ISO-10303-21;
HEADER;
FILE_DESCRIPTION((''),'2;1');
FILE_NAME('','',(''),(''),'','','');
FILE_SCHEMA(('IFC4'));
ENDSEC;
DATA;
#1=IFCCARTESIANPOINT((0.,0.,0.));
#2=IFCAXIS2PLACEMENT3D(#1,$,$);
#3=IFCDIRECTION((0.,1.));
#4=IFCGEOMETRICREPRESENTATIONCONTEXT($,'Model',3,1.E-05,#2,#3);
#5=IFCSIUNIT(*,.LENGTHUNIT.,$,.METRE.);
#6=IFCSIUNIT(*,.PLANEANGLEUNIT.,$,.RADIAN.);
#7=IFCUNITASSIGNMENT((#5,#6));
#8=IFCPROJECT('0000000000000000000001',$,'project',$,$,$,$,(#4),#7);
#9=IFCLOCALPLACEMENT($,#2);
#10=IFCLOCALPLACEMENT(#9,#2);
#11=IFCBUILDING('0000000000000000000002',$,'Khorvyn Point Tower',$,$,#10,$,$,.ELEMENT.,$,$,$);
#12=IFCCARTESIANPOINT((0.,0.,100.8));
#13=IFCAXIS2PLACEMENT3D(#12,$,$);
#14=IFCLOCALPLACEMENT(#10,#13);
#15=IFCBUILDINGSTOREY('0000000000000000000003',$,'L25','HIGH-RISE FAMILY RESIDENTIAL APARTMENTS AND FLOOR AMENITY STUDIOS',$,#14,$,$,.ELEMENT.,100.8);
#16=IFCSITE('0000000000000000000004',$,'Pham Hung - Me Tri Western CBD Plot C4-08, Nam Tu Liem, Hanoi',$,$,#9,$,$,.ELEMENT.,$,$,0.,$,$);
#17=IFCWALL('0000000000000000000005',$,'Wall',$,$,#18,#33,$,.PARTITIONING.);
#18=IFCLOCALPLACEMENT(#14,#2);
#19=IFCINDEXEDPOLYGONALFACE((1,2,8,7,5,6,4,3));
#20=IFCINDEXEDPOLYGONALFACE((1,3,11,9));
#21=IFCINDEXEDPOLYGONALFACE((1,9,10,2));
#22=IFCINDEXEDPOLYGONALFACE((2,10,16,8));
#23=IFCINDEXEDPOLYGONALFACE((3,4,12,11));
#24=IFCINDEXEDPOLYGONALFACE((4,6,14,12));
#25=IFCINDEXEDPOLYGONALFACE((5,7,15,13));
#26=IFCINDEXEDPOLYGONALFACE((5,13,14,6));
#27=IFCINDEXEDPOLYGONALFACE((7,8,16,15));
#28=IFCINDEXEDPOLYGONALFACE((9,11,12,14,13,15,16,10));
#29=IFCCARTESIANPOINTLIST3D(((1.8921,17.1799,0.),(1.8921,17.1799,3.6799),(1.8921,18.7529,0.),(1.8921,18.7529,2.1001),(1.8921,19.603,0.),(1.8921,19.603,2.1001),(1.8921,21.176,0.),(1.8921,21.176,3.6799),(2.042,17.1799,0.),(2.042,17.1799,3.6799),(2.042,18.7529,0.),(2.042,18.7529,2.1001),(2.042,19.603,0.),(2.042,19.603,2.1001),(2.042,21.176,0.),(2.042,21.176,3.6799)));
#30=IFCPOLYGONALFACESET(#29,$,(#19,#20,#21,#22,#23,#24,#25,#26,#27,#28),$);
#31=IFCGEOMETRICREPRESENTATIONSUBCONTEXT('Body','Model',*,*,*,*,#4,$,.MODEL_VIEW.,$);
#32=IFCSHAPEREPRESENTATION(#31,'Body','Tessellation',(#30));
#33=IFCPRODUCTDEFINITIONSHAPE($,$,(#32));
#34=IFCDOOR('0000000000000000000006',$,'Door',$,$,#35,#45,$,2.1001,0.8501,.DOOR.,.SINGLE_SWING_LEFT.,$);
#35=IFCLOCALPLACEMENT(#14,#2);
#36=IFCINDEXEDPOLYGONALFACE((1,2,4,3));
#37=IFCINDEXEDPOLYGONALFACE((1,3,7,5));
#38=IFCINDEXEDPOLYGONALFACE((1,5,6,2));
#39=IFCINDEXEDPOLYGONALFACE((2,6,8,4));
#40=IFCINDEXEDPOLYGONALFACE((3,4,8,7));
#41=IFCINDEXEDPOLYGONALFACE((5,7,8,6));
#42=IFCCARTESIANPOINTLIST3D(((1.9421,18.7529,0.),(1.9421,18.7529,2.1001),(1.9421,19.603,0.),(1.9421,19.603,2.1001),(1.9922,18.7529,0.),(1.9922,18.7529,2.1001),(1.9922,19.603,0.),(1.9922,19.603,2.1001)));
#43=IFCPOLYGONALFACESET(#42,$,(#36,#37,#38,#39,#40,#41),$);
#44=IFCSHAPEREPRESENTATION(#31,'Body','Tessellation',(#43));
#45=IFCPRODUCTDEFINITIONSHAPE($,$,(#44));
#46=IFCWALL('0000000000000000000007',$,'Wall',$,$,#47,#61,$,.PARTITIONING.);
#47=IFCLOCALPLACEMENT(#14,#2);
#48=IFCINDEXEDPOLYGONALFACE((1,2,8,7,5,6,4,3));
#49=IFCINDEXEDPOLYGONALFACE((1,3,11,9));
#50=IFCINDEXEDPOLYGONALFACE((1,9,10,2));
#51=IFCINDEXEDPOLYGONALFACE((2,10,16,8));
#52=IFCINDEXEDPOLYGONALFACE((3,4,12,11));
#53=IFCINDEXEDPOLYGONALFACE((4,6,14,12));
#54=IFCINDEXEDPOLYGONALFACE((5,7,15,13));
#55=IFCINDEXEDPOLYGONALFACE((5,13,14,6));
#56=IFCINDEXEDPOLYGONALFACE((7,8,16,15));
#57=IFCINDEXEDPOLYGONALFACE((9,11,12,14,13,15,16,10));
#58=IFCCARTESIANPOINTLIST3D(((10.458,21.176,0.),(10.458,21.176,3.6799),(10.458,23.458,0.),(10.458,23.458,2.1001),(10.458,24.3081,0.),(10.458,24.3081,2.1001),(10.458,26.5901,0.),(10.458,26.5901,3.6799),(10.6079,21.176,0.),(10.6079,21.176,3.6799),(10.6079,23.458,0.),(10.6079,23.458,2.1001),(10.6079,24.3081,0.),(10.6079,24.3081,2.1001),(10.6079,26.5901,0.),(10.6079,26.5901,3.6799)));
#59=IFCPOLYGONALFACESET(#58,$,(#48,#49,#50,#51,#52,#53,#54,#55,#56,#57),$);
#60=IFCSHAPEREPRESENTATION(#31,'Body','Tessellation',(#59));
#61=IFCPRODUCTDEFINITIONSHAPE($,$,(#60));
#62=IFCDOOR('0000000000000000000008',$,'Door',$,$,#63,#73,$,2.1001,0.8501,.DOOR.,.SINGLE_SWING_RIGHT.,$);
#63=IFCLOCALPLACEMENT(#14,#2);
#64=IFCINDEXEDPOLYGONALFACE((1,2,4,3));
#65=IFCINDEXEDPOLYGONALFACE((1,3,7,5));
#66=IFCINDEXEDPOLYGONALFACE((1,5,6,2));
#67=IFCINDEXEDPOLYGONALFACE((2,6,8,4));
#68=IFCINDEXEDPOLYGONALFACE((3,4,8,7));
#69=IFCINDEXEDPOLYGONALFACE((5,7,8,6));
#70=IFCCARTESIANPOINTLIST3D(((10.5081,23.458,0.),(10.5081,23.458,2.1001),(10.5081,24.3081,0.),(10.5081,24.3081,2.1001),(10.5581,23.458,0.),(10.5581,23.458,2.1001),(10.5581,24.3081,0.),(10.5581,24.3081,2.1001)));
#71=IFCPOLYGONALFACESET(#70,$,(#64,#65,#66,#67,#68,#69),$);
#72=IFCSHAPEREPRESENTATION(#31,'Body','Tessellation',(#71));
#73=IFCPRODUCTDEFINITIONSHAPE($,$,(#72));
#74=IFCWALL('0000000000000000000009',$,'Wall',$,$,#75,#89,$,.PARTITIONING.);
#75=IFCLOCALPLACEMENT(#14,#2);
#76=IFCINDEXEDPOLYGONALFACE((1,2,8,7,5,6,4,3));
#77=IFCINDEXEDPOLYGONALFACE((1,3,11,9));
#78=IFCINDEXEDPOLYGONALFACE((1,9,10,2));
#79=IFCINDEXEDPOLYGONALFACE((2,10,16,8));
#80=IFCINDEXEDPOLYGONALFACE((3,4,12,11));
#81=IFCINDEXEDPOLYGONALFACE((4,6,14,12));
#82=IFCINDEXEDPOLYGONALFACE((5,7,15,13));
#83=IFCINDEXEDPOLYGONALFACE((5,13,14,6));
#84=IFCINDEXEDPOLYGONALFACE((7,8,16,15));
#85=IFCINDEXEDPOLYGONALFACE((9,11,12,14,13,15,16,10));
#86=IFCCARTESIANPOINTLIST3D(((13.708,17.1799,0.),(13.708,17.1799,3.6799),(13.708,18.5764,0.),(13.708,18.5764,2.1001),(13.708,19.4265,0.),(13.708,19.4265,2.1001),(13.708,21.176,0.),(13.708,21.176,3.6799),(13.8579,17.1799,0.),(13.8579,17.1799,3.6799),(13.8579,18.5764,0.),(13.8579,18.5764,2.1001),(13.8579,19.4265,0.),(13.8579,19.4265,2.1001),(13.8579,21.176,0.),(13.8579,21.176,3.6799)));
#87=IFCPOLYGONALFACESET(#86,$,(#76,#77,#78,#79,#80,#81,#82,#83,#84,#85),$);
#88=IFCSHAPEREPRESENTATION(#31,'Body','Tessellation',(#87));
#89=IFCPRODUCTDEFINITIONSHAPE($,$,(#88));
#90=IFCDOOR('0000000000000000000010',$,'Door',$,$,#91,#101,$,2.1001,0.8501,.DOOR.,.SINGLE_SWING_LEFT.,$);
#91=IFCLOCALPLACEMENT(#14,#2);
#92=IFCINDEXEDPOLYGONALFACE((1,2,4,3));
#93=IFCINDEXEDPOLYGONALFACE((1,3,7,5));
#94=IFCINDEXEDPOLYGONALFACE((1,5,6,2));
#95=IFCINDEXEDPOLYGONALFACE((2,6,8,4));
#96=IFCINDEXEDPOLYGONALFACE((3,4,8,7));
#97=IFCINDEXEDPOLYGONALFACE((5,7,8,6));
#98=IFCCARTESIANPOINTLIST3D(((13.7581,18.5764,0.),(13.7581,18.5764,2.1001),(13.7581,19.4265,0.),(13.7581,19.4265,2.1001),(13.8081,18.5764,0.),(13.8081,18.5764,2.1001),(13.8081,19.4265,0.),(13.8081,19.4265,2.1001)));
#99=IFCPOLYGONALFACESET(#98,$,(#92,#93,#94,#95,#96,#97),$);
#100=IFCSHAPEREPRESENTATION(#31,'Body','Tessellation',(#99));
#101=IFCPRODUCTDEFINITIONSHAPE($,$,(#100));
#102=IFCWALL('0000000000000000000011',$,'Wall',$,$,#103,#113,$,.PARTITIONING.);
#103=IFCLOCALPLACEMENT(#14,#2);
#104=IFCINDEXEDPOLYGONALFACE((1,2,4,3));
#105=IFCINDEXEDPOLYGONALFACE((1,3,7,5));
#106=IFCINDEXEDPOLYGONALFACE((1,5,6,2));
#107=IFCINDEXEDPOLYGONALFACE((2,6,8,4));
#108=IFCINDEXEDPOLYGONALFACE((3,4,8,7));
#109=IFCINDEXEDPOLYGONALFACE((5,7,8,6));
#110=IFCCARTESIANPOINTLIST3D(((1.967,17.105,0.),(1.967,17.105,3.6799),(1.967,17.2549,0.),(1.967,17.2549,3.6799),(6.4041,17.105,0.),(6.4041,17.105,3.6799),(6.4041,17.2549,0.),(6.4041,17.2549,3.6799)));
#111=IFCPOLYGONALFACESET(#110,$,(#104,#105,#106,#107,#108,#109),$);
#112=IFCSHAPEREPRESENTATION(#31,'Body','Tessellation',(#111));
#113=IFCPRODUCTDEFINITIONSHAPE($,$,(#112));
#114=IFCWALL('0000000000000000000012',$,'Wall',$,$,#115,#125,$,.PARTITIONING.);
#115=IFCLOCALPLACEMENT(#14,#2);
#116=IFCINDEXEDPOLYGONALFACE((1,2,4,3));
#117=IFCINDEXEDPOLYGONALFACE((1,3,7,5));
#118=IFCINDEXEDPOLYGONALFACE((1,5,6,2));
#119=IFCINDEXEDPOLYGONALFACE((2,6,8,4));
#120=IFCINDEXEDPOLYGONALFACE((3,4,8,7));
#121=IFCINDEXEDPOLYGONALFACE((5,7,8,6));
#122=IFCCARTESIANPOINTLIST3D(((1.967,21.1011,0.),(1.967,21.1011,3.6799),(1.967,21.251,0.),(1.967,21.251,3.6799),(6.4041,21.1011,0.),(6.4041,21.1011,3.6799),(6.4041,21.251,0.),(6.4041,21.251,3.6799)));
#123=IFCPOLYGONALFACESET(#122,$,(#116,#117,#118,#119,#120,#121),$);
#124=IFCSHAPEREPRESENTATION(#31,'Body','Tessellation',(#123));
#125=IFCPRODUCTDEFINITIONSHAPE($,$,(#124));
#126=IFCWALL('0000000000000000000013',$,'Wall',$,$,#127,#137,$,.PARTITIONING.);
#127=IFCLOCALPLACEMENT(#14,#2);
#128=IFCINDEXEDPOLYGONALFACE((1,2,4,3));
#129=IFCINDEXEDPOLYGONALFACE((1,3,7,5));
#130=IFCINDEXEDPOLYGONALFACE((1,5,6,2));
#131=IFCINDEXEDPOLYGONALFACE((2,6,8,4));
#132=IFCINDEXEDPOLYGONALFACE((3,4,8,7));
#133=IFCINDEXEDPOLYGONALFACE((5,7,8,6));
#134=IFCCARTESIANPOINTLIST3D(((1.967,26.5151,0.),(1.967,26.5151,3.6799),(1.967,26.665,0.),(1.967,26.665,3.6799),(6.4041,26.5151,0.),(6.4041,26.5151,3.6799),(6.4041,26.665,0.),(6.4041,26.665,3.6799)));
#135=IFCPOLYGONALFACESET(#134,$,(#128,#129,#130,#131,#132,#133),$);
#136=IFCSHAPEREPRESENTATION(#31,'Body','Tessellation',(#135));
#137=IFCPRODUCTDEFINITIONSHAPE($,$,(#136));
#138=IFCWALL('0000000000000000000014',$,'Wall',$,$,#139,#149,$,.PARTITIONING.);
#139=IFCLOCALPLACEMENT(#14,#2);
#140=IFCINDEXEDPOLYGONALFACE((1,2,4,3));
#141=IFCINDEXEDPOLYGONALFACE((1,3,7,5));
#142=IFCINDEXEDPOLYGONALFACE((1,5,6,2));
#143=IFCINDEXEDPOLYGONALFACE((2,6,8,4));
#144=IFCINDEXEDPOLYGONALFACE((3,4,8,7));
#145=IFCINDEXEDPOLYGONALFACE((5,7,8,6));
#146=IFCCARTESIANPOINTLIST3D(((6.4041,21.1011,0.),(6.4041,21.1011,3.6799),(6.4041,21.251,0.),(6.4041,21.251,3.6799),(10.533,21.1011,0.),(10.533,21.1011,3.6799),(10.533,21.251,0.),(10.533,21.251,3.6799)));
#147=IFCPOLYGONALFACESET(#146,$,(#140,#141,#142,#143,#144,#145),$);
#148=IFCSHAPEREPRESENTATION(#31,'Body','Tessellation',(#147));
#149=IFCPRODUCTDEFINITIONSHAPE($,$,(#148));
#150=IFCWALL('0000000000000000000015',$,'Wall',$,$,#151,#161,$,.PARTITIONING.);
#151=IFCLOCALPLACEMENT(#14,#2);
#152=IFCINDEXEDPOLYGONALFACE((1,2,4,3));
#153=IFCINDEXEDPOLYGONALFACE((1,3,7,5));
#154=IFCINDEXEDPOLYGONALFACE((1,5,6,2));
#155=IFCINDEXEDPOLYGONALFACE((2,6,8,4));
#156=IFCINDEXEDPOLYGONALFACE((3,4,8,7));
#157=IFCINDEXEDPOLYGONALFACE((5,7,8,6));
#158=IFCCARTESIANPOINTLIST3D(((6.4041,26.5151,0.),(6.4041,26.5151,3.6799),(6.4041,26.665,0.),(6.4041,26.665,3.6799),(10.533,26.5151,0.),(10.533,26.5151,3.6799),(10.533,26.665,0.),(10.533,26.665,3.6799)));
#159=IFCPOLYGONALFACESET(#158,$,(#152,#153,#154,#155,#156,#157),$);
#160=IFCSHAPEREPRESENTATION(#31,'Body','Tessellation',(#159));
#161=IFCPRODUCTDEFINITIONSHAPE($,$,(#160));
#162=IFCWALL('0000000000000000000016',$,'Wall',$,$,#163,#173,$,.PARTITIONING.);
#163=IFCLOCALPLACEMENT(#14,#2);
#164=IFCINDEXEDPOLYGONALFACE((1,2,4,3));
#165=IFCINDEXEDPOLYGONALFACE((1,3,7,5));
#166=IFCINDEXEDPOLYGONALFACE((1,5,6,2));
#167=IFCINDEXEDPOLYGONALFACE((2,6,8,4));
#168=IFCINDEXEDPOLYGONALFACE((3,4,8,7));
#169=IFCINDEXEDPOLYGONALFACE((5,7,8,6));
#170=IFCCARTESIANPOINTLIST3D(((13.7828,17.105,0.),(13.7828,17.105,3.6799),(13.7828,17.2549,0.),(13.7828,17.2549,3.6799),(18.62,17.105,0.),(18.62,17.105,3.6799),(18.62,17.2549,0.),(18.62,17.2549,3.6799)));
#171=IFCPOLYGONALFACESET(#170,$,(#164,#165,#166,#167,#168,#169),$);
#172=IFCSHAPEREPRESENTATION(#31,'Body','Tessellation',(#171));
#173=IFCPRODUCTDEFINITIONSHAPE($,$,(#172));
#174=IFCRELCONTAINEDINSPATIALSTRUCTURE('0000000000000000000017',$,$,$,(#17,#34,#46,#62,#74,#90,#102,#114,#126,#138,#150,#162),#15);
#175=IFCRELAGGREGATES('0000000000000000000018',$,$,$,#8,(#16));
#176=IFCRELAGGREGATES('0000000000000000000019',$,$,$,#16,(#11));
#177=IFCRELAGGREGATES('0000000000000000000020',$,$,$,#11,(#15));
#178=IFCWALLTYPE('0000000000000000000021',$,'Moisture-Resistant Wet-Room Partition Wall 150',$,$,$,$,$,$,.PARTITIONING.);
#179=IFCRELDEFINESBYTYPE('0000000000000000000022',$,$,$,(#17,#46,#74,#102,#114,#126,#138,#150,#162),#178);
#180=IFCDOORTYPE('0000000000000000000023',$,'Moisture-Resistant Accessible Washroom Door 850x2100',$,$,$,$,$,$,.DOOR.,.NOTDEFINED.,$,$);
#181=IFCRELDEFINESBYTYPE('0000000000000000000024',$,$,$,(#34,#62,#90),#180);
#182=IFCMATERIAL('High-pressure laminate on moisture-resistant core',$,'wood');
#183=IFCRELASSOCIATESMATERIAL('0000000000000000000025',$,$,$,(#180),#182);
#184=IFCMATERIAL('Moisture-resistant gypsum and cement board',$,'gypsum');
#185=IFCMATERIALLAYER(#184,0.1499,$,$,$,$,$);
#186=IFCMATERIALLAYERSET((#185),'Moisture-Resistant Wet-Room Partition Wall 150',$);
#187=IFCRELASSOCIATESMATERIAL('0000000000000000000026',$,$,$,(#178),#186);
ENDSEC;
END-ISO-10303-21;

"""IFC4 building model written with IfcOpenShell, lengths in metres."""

from ifc_helpers import new_model, si_unit, direction, frame, frame_2d, origin, place, context, subcontext, project, spatial, rectangle, extrude, material, layer, layer_set, type_object, element, fill, save


model = new_model("IFC4")

# Units and contexts
model_context = context("Model", 3, precision=1e-05, world=origin(), true_north=direction((0.0, 1.0)))
body_context = subcontext(model_context, "Body", "Model", "MODEL_VIEW")
ifc_project = project(units=[si_unit("LENGTHUNIT", "METRE"), si_unit("PLANEANGLEUNIT", "RADIAN")], contexts=[model_context])

# Site, building, storey
site_placement = place(None, origin())
site = spatial("IfcSite", under=ifc_project, at=site_placement, Name="Pham Hung - Me Tri Western CBD Plot C4-08, Nam Tu Liem, Hanoi", CompositionType="ELEMENT", RefElevation=0.0)
building_placement = place(site_placement, origin())
building = spatial("IfcBuilding", under=site, at=building_placement, Name="Khorvyn Point Tower", CompositionType="ELEMENT")
storey_placement = place(building_placement, frame((0.0, 0.0, 100.8)))
storey = spatial("IfcBuildingStorey", under=building, at=storey_placement, Name="L25", Description="HIGH-RISE FAMILY RESIDENTIAL APARTMENTS AND FLOOR AMENITY STUDIOS", CompositionType="ELEMENT", Elevation=100.8)

# Walls, openings, doors
ifc_material_1 = material(Name="High-pressure laminate on moisture-resistant core", Category="wood")
door_type_1 = type_object("IfcDoorType", Name="Moisture-Resistant Accessible Washroom Door 850x2100", OperationType="NOTDEFINED", PredefinedType="DOOR", material=ifc_material_1)
ifc_material_2 = material(Name="Moisture-resistant gypsum and cement board", Category="gypsum")
ifc_layer_1 = layer(ifc_material_2, 0.1499)
ifc_layer_set_1 = layer_set([ifc_layer_1], Name="Moisture-Resistant Wet-Room Partition Wall 150")
wall_type_1 = type_object("IfcWallType", Name="Moisture-Resistant Wet-Room Partition Wall 150", PredefinedType="PARTITIONING", material=ifc_layer_set_1)
wall_1_placement = place(storey_placement, frame((1.967, 17.1799, 0.0), z_axis=(0.0, 0.0, 1.0), x_axis=(0.0, 1.0, 0.0)))
wall_1 = element("IfcWall", 1, at=wall_1_placement, inside=storey, type_object=wall_type_1, Name="Wall", PredefinedType="PARTITIONING", context=body_context, shape_type="SweptSolid", body=[
    extrude(rectangle(XDim=3.9961, YDim=0.1499, at=frame_2d((1.998, 0.0))), origin(), (0.0, 0.0, 1.0), 3.6799),
])
opening_1_placement = place(wall_1_placement, frame((1.573, 0.0, 0.0)))
opening_1 = element("IfcOpeningElement", 2, at=opening_1_placement, cuts=wall_1, PredefinedType="OPENING", context=body_context, shape_type="SweptSolid", body=[
    extrude(rectangle(XDim=0.8501, YDim=2.1001, at=frame_2d((0.425, 1.05))), frame((0.0, 0.085, 0.0), z_axis=(0.0, -1.0, 0.0), x_axis=(1.0, 0.0, 0.0)), (0.0, 0.0, 1.0), 0.1699),
])
door_1_placement = place(opening_1_placement, origin())
door_1 = element("IfcDoor", 3, at=door_1_placement, inside=storey, type_object=door_type_1, Name="Door", OperationType="SINGLE_SWING_LEFT", OverallHeight=2.1001, OverallWidth=0.8501, PredefinedType="DOOR", context=body_context, shape_type="SweptSolid", body=[
    extrude(rectangle(XDim=0.8501, YDim=2.1001, at=frame_2d((0.425, 1.05))), frame((0.0, 0.0249, 0.0), z_axis=(0.0, -1.0, 0.0), x_axis=(1.0, 0.0, 0.0)), (0.0, 0.0, 1.0), 0.05),
])
fill(opening_1, door_1)
wall_2_placement = place(storey_placement, frame((10.533, 21.176, 0.0), z_axis=(0.0, 0.0, 1.0), x_axis=(0.0, 1.0, 0.0)))
wall_2 = element("IfcWall", 4, at=wall_2_placement, inside=storey, type_object=wall_type_1, Name="Wall", PredefinedType="PARTITIONING", context=body_context, shape_type="SweptSolid", body=[
    extrude(rectangle(XDim=5.4141, YDim=0.1499, at=frame_2d((2.707, 0.0))), origin(), (0.0, 0.0, 1.0), 3.6799),
])
opening_2_placement = place(wall_2_placement, frame((2.282, 0.0, 0.0)))
opening_2 = element("IfcOpeningElement", 5, at=opening_2_placement, cuts=wall_2, PredefinedType="OPENING", context=body_context, shape_type="SweptSolid", body=[
    extrude(rectangle(XDim=0.8501, YDim=2.1001, at=frame_2d((0.425, 1.05))), frame((0.0, 0.085, 0.0), z_axis=(0.0, -1.0, 0.0), x_axis=(1.0, 0.0, 0.0)), (0.0, 0.0, 1.0), 0.1699),
])
door_2_placement = place(opening_2_placement, origin())
door_2 = element("IfcDoor", 6, at=door_2_placement, inside=storey, type_object=door_type_1, Name="Door", OperationType="SINGLE_SWING_RIGHT", OverallHeight=2.1001, OverallWidth=0.8501, PredefinedType="DOOR", context=body_context, shape_type="SweptSolid", body=[
    extrude(rectangle(XDim=0.8501, YDim=2.1001, at=frame_2d((0.425, 1.05))), frame((0.0, 0.0249, 0.0), z_axis=(0.0, -1.0, 0.0), x_axis=(1.0, 0.0, 0.0)), (0.0, 0.0, 1.0), 0.05),
])
fill(opening_2, door_2)
wall_3_placement = place(storey_placement, frame((13.783, 17.1799, 0.0), z_axis=(0.0, 0.0, 1.0), x_axis=(0.0, 1.0, 0.0)))
wall_3 = element("IfcWall", 7, at=wall_3_placement, inside=storey, type_object=wall_type_1, Name="Wall", PredefinedType="PARTITIONING", context=body_context, shape_type="SweptSolid", body=[
    extrude(rectangle(XDim=3.9961, YDim=0.1499, at=frame_2d((1.998, 0.0))), origin(), (0.0, 0.0, 1.0), 3.6799),
])
opening_3_placement = place(wall_3_placement, frame((1.3965, 0.0, 0.0)))
opening_3 = element("IfcOpeningElement", 8, at=opening_3_placement, cuts=wall_3, PredefinedType="OPENING", context=body_context, shape_type="SweptSolid", body=[
    extrude(rectangle(XDim=0.8501, YDim=2.1001, at=frame_2d((0.425, 1.05))), frame((0.0, 0.085, 0.0), z_axis=(0.0, -1.0, 0.0), x_axis=(1.0, 0.0, 0.0)), (0.0, 0.0, 1.0), 0.1699),
])
door_3_placement = place(opening_3_placement, origin())
door_3 = element("IfcDoor", 9, at=door_3_placement, inside=storey, type_object=door_type_1, Name="Door", OperationType="SINGLE_SWING_LEFT", OverallHeight=2.1001, OverallWidth=0.8501, PredefinedType="DOOR", context=body_context, shape_type="SweptSolid", body=[
    extrude(rectangle(XDim=0.8501, YDim=2.1001, at=frame_2d((0.425, 1.05))), frame((0.0, 0.0249, 0.0), z_axis=(0.0, -1.0, 0.0), x_axis=(1.0, 0.0, 0.0)), (0.0, 0.0, 1.0), 0.05),
])
fill(opening_3, door_3)

# Walls
for number, where, z_axis, x_axis, name in (
    (10, (1.967, 17.1799, 0.0), (0.0, 0.0, 1.0), (1.0, 0.0, 0.0), "Wall"),
    (11, (1.967, 21.176, 0.0), (0.0, 0.0, 1.0), (1.0, 0.0, 0.0), "Wall"),
    (12, (1.967, 26.5901, 0.0), (0.0, 0.0, 1.0), (1.0, 0.0, 0.0), "Wall"),
):
    element("IfcWall", number, at=place(storey_placement, frame(where, z_axis=z_axis, x_axis=x_axis)), inside=storey, type_object=wall_type_1, Name=name, PredefinedType="PARTITIONING", context=body_context, shape_type="SweptSolid", body=[
        extrude(rectangle(XDim=4.437, YDim=0.1499, at=frame_2d((2.2185, 0.0))), origin(), (0.0, 0.0, 1.0), 3.6799),
    ])
for number, where, z_axis, x_axis, name in (
    (13, (6.4041, 21.176, 0.0), (0.0, 0.0, 1.0), (1.0, 0.0, 0.0), "Wall"),
    (14, (6.4041, 26.5901, 0.0), (0.0, 0.0, 1.0), (1.0, 0.0, 0.0), "Wall"),
):
    element("IfcWall", number, at=place(storey_placement, frame(where, z_axis=z_axis, x_axis=x_axis)), inside=storey, type_object=wall_type_1, Name=name, PredefinedType="PARTITIONING", context=body_context, shape_type="SweptSolid", body=[
        extrude(rectangle(XDim=4.1289, YDim=0.1499, at=frame_2d((2.0645, 0.0))), origin(), (0.0, 0.0, 1.0), 3.6799),
    ])
wall_4_placement = place(storey_placement, frame((13.783, 17.1799, 0.0), z_axis=(0.0, 0.0, 1.0), x_axis=(1.0, 0.0, 0.0)))
element("IfcWall", 15, at=wall_4_placement, inside=storey, type_object=wall_type_1, Name="Wall", PredefinedType="PARTITIONING", context=body_context, shape_type="SweptSolid", body=[
    extrude(rectangle(XDim=4.8372, YDim=0.1499, at=frame_2d((2.4185, 0.0))), origin(), (0.0, 0.0, 1.0), 3.6799),
])

save(model, "model.ifc")
